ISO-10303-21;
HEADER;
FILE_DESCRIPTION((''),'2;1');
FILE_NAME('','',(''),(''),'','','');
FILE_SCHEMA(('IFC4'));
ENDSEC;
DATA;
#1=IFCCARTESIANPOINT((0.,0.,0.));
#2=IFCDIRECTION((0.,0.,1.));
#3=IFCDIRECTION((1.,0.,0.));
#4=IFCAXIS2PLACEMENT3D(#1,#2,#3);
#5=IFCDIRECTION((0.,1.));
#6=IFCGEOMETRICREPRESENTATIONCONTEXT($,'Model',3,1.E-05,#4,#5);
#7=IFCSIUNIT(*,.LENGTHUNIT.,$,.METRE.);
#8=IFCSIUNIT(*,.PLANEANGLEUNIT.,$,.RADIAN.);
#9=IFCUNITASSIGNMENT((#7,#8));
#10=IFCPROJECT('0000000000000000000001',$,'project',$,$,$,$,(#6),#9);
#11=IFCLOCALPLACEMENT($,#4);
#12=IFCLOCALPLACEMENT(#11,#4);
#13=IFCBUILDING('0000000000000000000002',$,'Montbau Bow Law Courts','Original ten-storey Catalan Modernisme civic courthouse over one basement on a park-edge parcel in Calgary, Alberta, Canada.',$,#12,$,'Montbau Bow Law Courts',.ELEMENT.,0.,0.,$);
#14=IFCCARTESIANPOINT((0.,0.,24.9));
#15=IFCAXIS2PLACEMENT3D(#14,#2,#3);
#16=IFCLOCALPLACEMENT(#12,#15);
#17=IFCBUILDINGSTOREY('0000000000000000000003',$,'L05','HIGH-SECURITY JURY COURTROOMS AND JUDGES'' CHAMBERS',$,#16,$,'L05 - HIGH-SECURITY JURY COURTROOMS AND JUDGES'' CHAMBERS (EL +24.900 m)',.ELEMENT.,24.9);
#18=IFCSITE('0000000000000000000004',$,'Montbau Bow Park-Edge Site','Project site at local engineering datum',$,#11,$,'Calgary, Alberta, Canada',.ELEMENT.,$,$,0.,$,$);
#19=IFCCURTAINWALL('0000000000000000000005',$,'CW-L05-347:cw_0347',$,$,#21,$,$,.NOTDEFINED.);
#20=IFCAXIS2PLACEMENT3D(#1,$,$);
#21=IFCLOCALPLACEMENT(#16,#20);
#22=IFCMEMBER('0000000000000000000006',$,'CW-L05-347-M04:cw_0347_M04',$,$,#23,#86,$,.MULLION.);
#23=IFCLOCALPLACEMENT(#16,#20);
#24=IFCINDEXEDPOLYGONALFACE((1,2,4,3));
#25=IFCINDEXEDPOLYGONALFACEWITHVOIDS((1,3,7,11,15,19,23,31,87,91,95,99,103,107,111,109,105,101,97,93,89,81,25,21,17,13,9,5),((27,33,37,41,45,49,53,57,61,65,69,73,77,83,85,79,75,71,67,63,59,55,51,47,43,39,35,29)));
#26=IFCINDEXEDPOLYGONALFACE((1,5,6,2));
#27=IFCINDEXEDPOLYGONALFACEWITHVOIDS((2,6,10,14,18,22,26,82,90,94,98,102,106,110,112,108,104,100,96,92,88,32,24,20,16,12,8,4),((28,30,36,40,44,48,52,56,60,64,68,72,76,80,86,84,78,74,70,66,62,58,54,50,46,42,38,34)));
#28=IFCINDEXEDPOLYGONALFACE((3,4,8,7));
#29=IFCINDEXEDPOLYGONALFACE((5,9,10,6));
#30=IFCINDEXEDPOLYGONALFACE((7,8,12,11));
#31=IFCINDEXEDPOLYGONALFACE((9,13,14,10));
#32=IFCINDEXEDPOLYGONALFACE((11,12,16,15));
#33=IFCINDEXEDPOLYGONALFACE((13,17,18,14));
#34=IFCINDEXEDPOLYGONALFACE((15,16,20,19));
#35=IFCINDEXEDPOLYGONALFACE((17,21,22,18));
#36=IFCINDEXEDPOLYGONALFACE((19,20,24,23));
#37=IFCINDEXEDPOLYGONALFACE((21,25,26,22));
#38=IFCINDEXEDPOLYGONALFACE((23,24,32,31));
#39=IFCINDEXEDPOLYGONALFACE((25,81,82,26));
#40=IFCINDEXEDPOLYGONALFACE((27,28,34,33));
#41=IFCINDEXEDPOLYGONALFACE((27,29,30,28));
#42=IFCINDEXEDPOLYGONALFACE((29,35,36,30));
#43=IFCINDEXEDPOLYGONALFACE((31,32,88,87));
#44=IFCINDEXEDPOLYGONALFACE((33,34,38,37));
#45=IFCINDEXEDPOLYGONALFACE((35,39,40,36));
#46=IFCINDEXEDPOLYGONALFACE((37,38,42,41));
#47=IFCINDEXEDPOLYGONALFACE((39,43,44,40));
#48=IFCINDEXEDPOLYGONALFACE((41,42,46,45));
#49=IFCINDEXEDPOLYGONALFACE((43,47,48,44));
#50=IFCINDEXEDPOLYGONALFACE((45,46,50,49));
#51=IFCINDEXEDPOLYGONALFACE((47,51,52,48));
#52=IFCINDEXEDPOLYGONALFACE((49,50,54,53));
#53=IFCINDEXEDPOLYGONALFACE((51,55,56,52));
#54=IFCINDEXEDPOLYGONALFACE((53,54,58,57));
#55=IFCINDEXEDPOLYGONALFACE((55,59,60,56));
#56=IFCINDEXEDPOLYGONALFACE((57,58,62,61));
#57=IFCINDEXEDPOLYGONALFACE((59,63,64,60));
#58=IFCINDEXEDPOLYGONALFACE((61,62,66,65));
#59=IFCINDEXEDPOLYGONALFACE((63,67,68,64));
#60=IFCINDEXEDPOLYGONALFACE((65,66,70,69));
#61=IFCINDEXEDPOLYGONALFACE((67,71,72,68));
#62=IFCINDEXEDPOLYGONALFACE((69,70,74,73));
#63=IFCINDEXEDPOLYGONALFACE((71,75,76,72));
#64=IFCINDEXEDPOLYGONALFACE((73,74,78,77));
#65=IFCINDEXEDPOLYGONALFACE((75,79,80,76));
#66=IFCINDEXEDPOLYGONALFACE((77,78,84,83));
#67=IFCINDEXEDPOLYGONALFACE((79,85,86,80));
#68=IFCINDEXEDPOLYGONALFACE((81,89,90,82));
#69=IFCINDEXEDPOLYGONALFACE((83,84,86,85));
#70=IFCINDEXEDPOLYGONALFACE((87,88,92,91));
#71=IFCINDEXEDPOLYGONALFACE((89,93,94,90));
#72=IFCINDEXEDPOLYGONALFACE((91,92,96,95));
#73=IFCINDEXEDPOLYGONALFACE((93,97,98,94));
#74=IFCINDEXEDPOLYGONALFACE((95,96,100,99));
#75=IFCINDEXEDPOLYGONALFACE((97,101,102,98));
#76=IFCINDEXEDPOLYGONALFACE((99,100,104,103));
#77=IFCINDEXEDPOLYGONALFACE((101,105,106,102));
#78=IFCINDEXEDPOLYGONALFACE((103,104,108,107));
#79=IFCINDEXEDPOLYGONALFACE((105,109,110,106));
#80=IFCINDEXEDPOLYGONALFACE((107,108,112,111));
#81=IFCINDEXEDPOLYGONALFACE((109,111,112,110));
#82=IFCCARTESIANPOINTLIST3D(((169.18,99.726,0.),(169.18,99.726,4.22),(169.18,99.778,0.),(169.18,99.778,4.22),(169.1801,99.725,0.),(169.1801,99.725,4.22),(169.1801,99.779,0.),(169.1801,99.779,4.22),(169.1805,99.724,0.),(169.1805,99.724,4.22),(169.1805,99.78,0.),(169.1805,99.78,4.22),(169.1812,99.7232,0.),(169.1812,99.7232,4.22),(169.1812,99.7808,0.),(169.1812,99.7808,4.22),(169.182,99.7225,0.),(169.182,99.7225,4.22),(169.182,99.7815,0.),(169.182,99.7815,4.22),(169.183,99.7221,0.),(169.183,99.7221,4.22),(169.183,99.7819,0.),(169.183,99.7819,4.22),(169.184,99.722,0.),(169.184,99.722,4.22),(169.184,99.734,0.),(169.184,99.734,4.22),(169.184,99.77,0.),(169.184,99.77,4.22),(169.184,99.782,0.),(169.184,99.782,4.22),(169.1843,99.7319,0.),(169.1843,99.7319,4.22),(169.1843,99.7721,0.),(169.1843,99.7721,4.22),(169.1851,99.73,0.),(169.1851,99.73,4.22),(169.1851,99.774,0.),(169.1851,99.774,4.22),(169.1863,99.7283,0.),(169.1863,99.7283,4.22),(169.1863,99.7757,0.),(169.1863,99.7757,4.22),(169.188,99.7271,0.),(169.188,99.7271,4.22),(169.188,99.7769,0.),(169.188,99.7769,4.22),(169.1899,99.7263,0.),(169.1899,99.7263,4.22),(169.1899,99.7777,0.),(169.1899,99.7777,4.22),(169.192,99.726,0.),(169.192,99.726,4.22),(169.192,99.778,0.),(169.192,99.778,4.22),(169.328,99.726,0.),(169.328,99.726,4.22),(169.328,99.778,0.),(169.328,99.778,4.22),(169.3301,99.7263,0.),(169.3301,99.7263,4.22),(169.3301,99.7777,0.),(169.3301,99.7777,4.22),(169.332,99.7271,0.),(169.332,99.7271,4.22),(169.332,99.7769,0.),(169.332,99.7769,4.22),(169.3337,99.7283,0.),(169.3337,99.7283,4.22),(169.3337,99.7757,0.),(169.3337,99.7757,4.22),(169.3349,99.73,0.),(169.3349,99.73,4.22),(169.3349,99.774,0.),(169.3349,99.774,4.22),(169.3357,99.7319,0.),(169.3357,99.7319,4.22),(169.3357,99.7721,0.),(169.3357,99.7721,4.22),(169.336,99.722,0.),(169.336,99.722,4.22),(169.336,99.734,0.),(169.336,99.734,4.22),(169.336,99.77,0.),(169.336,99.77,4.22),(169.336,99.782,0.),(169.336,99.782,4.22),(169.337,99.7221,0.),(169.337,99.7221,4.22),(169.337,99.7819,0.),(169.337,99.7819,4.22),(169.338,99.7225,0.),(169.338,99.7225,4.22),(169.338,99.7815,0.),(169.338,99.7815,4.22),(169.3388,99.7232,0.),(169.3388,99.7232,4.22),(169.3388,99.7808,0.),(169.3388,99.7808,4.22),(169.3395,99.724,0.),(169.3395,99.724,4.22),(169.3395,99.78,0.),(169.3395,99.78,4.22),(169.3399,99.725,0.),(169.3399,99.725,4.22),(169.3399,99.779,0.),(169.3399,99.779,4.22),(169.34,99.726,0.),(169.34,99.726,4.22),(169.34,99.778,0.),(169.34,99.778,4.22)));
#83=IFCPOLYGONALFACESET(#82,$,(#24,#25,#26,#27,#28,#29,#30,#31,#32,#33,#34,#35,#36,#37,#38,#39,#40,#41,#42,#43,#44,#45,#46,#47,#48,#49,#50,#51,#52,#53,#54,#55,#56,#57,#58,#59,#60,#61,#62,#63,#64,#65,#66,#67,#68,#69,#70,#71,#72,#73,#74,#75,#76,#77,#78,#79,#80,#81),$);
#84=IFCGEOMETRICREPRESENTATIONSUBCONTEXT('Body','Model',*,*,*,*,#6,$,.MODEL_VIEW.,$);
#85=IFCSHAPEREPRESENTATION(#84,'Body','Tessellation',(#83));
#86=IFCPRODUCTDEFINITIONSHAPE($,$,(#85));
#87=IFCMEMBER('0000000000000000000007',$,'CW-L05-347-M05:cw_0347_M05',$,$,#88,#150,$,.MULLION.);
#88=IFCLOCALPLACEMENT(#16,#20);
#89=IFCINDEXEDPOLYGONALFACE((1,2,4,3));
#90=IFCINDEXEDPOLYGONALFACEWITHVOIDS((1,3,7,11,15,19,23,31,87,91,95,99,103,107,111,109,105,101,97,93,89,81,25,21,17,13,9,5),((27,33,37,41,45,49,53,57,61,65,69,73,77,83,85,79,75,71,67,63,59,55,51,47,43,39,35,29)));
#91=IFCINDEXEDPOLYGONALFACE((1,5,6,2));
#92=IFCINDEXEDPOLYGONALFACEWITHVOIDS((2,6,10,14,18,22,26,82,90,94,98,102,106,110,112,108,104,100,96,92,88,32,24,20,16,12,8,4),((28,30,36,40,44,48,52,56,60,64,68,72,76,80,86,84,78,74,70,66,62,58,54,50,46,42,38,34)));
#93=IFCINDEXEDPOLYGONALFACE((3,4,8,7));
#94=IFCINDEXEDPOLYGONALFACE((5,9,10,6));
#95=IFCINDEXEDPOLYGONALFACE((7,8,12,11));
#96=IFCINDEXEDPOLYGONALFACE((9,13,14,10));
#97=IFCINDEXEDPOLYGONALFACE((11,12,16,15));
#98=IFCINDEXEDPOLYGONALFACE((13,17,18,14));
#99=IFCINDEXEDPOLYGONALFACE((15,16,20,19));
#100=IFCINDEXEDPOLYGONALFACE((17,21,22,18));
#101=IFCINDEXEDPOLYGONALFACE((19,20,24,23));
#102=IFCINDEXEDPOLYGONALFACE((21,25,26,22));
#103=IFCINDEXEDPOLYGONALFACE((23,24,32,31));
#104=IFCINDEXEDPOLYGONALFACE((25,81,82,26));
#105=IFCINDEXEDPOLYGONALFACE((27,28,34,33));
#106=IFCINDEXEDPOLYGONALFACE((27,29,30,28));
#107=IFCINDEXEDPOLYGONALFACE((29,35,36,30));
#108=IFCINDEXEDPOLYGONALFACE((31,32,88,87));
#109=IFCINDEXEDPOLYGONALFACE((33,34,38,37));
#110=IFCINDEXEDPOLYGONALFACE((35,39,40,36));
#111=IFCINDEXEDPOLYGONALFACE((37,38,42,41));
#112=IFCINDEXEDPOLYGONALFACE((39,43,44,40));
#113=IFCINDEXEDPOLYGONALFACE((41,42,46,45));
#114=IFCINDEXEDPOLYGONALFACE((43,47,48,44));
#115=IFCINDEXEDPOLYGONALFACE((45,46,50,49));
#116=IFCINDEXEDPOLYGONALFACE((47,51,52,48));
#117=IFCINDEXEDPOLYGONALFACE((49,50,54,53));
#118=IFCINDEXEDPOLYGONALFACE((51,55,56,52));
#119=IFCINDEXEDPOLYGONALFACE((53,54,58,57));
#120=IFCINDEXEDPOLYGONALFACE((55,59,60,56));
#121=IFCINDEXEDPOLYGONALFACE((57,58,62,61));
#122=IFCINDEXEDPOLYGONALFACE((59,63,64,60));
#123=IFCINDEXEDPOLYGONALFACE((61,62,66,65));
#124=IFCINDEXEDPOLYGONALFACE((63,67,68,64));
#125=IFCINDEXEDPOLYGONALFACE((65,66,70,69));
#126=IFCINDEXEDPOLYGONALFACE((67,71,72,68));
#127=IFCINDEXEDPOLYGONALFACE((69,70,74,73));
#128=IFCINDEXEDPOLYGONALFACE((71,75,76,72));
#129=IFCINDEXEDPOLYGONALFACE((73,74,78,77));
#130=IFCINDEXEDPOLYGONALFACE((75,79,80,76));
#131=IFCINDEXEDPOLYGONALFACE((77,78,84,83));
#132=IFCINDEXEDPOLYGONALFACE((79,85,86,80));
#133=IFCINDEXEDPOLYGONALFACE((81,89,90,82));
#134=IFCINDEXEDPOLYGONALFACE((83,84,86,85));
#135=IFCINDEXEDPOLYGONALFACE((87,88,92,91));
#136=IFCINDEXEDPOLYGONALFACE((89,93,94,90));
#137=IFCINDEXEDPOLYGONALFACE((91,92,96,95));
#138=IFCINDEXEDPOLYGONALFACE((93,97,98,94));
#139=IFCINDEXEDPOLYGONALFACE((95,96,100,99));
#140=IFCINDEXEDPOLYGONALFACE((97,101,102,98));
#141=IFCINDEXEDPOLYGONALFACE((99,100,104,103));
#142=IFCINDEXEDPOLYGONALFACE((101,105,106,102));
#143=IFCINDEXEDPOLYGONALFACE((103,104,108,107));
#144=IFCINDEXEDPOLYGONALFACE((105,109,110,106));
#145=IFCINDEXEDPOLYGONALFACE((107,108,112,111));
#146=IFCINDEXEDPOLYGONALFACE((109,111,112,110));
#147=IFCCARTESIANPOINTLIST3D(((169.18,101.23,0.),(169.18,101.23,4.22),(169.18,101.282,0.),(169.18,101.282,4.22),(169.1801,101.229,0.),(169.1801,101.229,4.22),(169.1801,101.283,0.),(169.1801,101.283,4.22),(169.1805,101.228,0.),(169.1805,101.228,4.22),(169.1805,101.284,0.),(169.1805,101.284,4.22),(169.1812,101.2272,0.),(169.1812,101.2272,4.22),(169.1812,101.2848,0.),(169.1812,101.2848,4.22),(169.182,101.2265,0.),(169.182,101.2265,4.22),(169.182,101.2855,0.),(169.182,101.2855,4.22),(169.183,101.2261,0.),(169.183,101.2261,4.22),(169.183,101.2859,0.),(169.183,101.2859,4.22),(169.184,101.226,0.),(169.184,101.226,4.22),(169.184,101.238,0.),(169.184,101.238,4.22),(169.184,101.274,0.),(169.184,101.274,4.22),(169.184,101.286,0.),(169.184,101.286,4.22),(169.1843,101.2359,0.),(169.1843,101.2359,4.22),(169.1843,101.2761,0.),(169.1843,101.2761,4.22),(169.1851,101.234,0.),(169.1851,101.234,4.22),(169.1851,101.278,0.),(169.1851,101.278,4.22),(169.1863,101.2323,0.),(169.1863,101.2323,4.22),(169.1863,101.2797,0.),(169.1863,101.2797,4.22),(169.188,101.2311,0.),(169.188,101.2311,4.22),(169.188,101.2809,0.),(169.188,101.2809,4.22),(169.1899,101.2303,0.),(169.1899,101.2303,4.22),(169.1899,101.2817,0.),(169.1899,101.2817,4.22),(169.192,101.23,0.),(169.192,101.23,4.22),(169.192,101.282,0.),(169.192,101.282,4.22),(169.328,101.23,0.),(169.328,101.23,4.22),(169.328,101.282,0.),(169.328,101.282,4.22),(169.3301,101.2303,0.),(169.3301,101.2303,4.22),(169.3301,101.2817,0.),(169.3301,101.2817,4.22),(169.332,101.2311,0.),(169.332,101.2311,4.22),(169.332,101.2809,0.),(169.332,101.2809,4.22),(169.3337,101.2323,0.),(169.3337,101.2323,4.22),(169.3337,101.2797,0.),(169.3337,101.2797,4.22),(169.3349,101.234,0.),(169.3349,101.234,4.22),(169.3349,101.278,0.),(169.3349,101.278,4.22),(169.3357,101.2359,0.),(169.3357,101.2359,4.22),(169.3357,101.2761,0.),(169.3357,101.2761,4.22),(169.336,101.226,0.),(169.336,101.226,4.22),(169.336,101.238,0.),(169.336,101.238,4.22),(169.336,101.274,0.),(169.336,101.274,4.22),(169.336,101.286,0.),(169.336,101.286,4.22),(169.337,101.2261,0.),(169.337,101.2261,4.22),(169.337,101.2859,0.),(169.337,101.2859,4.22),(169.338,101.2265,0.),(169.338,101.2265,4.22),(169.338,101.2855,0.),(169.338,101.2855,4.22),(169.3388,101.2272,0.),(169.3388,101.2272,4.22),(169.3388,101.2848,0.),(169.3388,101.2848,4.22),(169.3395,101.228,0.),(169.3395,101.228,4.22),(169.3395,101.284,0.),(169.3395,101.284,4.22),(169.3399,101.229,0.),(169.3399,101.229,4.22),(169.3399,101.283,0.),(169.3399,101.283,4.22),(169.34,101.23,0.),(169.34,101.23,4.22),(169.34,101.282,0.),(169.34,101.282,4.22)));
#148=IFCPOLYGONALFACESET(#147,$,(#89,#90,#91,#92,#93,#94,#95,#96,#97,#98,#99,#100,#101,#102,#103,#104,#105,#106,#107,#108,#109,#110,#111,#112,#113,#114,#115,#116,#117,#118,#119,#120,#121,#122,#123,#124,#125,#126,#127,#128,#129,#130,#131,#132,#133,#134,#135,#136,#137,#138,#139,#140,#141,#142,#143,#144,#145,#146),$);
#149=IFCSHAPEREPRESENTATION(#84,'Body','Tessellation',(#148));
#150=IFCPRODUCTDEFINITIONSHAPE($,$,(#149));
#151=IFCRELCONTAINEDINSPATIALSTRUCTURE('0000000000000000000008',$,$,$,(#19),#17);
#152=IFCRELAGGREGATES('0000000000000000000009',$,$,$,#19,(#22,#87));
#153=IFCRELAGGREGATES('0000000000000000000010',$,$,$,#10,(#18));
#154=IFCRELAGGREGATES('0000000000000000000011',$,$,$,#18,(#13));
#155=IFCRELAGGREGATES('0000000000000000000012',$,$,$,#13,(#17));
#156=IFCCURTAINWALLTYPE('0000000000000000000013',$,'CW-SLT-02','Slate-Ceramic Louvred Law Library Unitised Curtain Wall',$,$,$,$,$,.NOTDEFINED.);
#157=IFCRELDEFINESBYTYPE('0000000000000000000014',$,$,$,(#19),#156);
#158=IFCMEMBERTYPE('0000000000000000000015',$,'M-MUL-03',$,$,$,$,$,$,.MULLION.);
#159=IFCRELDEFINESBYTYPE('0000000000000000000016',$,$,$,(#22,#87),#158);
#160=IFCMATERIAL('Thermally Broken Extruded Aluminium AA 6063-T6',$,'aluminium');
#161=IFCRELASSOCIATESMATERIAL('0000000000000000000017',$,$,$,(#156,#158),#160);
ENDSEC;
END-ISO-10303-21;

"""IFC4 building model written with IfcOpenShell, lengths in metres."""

from ifc_helpers import new_model, si_unit, direction, frame, origin_with_axes, origin_2d_with_axis, place, context, subcontext, project, spatial, hollow_rectangle, extrude, material, material_profile, profile_set, type_object, element, aggregate, save


model = new_model("IFC4")

# Units and contexts
model_context = context("Model", 3, precision=1e-05, world=origin_with_axes(), true_north=direction((0.0, 1.0)))
body_context = subcontext(model_context, "Body", "Model", "MODEL_VIEW")
ifc_project = project(units=[si_unit("LENGTHUNIT", "METRE"), si_unit("PLANEANGLEUNIT", "RADIAN")], contexts=[model_context])

# Site, building, storey
site_placement = place(None, origin_with_axes())
site = spatial("IfcSite", under=ifc_project, at=site_placement, Name="Montbau Bow Park-Edge Site", Description="Project site at local engineering datum", LongName="Calgary, Alberta, Canada", CompositionType="ELEMENT", RefElevation=0.0)
building_placement = place(site_placement, origin_with_axes())
building = spatial("IfcBuilding", under=site, at=building_placement, Name="Montbau Bow Law Courts", Description="Original ten-storey Catalan Modernisme civic courthouse over one basement on a park-edge parcel in Calgary, Alberta, Canada.", LongName="Montbau Bow Law Courts", CompositionType="ELEMENT", ElevationOfRefHeight=0.0, ElevationOfTerrain=0.0)
storey_placement = place(building_placement, frame((0.0, 0.0, 24.9), z_axis=(0.0, 0.0, 1.0), x_axis=(1.0, 0.0, 0.0)))
storey = spatial("IfcBuildingStorey", under=building, at=storey_placement, Name="L05", Description="HIGH-SECURITY JURY COURTROOMS AND JUDGES' CHAMBERS", LongName="L05 - HIGH-SECURITY JURY COURTROOMS AND JUDGES' CHAMBERS (EL +24.900 m)", CompositionType="ELEMENT", Elevation=24.9)

# Curtain wall, members
ifc_material_1 = material(Name="Thermally Broken Extruded Aluminium AA 6063-T6", Category="aluminium")
curtain_wall_type = type_object("IfcCurtainWallType", Name="CW-SLT-02", Description="Slate-Ceramic Louvred Law Library Unitised Curtain Wall", PredefinedType="NOTDEFINED", material=ifc_material_1)
curtain_wall_placement = place(None, frame((169.26, 95.24, 24.9), z_axis=(0.0, 0.0, 1.0), x_axis=(1.0, 0.0, 0.0)))
curtain_wall = element("IfcCurtainWall", 1, at=curtain_wall_placement, inside=storey, type_object=curtain_wall_type, Name="CW-L05-347:cw_0347", PredefinedType="NOTDEFINED")
ifc_material_profile_1 = material_profile(ifc_material_1, hollow_rectangle(XDim=0.06, YDim=0.16, WallThickness=0.004, InnerFilletRadius=0.008, OuterFilletRadius=0.004, at=origin_2d_with_axis()), Name="CWM-160X60", Category="Main", Priority=0)
ifc_profile_set_1 = profile_set([ifc_material_profile_1], Name="Thermally Broken Extruded Aluminium AA 6063-T6")
member_type_1 = type_object("IfcMemberType", Name="M-MUL-03", PredefinedType="MULLION", material=ifc_profile_set_1)
member_1_placement = place(None, frame((169.26, 99.752, 24.9), z_axis=(0.0, 0.0, 1.0), x_axis=(0.0, 1.0, 0.0)))
member_1 = element("IfcMember", 2, at=member_1_placement, type_object=member_type_1, Name="CW-L05-347-M04:cw_0347_M04", PredefinedType="MULLION", context=body_context, shape_type="SweptSolid", body=[
    extrude(hollow_rectangle(XDim=0.06, YDim=0.16, WallThickness=0.004, InnerFilletRadius=0.008, OuterFilletRadius=0.004, at=origin_2d_with_axis()), origin_with_axes(), (0.0, 0.0, 1.0), 4.22),
])
member_2_placement = place(None, frame((169.26, 101.256, 24.9), z_axis=(0.0, 0.0, 1.0), x_axis=(0.0, 1.0, 0.0)))
member_2 = element("IfcMember", 3, at=member_2_placement, type_object=member_type_1, Name="CW-L05-347-M05:cw_0347_M05", PredefinedType="MULLION", context=body_context, shape_type="SweptSolid", body=[
    extrude(hollow_rectangle(XDim=0.06, YDim=0.16, WallThickness=0.004, InnerFilletRadius=0.008, OuterFilletRadius=0.004, at=origin_2d_with_axis()), origin_with_axes(), (0.0, 0.0, 1.0), 4.22),
])
aggregate(curtain_wall, [member_1, member_2])

save(model, "model.ifc")
